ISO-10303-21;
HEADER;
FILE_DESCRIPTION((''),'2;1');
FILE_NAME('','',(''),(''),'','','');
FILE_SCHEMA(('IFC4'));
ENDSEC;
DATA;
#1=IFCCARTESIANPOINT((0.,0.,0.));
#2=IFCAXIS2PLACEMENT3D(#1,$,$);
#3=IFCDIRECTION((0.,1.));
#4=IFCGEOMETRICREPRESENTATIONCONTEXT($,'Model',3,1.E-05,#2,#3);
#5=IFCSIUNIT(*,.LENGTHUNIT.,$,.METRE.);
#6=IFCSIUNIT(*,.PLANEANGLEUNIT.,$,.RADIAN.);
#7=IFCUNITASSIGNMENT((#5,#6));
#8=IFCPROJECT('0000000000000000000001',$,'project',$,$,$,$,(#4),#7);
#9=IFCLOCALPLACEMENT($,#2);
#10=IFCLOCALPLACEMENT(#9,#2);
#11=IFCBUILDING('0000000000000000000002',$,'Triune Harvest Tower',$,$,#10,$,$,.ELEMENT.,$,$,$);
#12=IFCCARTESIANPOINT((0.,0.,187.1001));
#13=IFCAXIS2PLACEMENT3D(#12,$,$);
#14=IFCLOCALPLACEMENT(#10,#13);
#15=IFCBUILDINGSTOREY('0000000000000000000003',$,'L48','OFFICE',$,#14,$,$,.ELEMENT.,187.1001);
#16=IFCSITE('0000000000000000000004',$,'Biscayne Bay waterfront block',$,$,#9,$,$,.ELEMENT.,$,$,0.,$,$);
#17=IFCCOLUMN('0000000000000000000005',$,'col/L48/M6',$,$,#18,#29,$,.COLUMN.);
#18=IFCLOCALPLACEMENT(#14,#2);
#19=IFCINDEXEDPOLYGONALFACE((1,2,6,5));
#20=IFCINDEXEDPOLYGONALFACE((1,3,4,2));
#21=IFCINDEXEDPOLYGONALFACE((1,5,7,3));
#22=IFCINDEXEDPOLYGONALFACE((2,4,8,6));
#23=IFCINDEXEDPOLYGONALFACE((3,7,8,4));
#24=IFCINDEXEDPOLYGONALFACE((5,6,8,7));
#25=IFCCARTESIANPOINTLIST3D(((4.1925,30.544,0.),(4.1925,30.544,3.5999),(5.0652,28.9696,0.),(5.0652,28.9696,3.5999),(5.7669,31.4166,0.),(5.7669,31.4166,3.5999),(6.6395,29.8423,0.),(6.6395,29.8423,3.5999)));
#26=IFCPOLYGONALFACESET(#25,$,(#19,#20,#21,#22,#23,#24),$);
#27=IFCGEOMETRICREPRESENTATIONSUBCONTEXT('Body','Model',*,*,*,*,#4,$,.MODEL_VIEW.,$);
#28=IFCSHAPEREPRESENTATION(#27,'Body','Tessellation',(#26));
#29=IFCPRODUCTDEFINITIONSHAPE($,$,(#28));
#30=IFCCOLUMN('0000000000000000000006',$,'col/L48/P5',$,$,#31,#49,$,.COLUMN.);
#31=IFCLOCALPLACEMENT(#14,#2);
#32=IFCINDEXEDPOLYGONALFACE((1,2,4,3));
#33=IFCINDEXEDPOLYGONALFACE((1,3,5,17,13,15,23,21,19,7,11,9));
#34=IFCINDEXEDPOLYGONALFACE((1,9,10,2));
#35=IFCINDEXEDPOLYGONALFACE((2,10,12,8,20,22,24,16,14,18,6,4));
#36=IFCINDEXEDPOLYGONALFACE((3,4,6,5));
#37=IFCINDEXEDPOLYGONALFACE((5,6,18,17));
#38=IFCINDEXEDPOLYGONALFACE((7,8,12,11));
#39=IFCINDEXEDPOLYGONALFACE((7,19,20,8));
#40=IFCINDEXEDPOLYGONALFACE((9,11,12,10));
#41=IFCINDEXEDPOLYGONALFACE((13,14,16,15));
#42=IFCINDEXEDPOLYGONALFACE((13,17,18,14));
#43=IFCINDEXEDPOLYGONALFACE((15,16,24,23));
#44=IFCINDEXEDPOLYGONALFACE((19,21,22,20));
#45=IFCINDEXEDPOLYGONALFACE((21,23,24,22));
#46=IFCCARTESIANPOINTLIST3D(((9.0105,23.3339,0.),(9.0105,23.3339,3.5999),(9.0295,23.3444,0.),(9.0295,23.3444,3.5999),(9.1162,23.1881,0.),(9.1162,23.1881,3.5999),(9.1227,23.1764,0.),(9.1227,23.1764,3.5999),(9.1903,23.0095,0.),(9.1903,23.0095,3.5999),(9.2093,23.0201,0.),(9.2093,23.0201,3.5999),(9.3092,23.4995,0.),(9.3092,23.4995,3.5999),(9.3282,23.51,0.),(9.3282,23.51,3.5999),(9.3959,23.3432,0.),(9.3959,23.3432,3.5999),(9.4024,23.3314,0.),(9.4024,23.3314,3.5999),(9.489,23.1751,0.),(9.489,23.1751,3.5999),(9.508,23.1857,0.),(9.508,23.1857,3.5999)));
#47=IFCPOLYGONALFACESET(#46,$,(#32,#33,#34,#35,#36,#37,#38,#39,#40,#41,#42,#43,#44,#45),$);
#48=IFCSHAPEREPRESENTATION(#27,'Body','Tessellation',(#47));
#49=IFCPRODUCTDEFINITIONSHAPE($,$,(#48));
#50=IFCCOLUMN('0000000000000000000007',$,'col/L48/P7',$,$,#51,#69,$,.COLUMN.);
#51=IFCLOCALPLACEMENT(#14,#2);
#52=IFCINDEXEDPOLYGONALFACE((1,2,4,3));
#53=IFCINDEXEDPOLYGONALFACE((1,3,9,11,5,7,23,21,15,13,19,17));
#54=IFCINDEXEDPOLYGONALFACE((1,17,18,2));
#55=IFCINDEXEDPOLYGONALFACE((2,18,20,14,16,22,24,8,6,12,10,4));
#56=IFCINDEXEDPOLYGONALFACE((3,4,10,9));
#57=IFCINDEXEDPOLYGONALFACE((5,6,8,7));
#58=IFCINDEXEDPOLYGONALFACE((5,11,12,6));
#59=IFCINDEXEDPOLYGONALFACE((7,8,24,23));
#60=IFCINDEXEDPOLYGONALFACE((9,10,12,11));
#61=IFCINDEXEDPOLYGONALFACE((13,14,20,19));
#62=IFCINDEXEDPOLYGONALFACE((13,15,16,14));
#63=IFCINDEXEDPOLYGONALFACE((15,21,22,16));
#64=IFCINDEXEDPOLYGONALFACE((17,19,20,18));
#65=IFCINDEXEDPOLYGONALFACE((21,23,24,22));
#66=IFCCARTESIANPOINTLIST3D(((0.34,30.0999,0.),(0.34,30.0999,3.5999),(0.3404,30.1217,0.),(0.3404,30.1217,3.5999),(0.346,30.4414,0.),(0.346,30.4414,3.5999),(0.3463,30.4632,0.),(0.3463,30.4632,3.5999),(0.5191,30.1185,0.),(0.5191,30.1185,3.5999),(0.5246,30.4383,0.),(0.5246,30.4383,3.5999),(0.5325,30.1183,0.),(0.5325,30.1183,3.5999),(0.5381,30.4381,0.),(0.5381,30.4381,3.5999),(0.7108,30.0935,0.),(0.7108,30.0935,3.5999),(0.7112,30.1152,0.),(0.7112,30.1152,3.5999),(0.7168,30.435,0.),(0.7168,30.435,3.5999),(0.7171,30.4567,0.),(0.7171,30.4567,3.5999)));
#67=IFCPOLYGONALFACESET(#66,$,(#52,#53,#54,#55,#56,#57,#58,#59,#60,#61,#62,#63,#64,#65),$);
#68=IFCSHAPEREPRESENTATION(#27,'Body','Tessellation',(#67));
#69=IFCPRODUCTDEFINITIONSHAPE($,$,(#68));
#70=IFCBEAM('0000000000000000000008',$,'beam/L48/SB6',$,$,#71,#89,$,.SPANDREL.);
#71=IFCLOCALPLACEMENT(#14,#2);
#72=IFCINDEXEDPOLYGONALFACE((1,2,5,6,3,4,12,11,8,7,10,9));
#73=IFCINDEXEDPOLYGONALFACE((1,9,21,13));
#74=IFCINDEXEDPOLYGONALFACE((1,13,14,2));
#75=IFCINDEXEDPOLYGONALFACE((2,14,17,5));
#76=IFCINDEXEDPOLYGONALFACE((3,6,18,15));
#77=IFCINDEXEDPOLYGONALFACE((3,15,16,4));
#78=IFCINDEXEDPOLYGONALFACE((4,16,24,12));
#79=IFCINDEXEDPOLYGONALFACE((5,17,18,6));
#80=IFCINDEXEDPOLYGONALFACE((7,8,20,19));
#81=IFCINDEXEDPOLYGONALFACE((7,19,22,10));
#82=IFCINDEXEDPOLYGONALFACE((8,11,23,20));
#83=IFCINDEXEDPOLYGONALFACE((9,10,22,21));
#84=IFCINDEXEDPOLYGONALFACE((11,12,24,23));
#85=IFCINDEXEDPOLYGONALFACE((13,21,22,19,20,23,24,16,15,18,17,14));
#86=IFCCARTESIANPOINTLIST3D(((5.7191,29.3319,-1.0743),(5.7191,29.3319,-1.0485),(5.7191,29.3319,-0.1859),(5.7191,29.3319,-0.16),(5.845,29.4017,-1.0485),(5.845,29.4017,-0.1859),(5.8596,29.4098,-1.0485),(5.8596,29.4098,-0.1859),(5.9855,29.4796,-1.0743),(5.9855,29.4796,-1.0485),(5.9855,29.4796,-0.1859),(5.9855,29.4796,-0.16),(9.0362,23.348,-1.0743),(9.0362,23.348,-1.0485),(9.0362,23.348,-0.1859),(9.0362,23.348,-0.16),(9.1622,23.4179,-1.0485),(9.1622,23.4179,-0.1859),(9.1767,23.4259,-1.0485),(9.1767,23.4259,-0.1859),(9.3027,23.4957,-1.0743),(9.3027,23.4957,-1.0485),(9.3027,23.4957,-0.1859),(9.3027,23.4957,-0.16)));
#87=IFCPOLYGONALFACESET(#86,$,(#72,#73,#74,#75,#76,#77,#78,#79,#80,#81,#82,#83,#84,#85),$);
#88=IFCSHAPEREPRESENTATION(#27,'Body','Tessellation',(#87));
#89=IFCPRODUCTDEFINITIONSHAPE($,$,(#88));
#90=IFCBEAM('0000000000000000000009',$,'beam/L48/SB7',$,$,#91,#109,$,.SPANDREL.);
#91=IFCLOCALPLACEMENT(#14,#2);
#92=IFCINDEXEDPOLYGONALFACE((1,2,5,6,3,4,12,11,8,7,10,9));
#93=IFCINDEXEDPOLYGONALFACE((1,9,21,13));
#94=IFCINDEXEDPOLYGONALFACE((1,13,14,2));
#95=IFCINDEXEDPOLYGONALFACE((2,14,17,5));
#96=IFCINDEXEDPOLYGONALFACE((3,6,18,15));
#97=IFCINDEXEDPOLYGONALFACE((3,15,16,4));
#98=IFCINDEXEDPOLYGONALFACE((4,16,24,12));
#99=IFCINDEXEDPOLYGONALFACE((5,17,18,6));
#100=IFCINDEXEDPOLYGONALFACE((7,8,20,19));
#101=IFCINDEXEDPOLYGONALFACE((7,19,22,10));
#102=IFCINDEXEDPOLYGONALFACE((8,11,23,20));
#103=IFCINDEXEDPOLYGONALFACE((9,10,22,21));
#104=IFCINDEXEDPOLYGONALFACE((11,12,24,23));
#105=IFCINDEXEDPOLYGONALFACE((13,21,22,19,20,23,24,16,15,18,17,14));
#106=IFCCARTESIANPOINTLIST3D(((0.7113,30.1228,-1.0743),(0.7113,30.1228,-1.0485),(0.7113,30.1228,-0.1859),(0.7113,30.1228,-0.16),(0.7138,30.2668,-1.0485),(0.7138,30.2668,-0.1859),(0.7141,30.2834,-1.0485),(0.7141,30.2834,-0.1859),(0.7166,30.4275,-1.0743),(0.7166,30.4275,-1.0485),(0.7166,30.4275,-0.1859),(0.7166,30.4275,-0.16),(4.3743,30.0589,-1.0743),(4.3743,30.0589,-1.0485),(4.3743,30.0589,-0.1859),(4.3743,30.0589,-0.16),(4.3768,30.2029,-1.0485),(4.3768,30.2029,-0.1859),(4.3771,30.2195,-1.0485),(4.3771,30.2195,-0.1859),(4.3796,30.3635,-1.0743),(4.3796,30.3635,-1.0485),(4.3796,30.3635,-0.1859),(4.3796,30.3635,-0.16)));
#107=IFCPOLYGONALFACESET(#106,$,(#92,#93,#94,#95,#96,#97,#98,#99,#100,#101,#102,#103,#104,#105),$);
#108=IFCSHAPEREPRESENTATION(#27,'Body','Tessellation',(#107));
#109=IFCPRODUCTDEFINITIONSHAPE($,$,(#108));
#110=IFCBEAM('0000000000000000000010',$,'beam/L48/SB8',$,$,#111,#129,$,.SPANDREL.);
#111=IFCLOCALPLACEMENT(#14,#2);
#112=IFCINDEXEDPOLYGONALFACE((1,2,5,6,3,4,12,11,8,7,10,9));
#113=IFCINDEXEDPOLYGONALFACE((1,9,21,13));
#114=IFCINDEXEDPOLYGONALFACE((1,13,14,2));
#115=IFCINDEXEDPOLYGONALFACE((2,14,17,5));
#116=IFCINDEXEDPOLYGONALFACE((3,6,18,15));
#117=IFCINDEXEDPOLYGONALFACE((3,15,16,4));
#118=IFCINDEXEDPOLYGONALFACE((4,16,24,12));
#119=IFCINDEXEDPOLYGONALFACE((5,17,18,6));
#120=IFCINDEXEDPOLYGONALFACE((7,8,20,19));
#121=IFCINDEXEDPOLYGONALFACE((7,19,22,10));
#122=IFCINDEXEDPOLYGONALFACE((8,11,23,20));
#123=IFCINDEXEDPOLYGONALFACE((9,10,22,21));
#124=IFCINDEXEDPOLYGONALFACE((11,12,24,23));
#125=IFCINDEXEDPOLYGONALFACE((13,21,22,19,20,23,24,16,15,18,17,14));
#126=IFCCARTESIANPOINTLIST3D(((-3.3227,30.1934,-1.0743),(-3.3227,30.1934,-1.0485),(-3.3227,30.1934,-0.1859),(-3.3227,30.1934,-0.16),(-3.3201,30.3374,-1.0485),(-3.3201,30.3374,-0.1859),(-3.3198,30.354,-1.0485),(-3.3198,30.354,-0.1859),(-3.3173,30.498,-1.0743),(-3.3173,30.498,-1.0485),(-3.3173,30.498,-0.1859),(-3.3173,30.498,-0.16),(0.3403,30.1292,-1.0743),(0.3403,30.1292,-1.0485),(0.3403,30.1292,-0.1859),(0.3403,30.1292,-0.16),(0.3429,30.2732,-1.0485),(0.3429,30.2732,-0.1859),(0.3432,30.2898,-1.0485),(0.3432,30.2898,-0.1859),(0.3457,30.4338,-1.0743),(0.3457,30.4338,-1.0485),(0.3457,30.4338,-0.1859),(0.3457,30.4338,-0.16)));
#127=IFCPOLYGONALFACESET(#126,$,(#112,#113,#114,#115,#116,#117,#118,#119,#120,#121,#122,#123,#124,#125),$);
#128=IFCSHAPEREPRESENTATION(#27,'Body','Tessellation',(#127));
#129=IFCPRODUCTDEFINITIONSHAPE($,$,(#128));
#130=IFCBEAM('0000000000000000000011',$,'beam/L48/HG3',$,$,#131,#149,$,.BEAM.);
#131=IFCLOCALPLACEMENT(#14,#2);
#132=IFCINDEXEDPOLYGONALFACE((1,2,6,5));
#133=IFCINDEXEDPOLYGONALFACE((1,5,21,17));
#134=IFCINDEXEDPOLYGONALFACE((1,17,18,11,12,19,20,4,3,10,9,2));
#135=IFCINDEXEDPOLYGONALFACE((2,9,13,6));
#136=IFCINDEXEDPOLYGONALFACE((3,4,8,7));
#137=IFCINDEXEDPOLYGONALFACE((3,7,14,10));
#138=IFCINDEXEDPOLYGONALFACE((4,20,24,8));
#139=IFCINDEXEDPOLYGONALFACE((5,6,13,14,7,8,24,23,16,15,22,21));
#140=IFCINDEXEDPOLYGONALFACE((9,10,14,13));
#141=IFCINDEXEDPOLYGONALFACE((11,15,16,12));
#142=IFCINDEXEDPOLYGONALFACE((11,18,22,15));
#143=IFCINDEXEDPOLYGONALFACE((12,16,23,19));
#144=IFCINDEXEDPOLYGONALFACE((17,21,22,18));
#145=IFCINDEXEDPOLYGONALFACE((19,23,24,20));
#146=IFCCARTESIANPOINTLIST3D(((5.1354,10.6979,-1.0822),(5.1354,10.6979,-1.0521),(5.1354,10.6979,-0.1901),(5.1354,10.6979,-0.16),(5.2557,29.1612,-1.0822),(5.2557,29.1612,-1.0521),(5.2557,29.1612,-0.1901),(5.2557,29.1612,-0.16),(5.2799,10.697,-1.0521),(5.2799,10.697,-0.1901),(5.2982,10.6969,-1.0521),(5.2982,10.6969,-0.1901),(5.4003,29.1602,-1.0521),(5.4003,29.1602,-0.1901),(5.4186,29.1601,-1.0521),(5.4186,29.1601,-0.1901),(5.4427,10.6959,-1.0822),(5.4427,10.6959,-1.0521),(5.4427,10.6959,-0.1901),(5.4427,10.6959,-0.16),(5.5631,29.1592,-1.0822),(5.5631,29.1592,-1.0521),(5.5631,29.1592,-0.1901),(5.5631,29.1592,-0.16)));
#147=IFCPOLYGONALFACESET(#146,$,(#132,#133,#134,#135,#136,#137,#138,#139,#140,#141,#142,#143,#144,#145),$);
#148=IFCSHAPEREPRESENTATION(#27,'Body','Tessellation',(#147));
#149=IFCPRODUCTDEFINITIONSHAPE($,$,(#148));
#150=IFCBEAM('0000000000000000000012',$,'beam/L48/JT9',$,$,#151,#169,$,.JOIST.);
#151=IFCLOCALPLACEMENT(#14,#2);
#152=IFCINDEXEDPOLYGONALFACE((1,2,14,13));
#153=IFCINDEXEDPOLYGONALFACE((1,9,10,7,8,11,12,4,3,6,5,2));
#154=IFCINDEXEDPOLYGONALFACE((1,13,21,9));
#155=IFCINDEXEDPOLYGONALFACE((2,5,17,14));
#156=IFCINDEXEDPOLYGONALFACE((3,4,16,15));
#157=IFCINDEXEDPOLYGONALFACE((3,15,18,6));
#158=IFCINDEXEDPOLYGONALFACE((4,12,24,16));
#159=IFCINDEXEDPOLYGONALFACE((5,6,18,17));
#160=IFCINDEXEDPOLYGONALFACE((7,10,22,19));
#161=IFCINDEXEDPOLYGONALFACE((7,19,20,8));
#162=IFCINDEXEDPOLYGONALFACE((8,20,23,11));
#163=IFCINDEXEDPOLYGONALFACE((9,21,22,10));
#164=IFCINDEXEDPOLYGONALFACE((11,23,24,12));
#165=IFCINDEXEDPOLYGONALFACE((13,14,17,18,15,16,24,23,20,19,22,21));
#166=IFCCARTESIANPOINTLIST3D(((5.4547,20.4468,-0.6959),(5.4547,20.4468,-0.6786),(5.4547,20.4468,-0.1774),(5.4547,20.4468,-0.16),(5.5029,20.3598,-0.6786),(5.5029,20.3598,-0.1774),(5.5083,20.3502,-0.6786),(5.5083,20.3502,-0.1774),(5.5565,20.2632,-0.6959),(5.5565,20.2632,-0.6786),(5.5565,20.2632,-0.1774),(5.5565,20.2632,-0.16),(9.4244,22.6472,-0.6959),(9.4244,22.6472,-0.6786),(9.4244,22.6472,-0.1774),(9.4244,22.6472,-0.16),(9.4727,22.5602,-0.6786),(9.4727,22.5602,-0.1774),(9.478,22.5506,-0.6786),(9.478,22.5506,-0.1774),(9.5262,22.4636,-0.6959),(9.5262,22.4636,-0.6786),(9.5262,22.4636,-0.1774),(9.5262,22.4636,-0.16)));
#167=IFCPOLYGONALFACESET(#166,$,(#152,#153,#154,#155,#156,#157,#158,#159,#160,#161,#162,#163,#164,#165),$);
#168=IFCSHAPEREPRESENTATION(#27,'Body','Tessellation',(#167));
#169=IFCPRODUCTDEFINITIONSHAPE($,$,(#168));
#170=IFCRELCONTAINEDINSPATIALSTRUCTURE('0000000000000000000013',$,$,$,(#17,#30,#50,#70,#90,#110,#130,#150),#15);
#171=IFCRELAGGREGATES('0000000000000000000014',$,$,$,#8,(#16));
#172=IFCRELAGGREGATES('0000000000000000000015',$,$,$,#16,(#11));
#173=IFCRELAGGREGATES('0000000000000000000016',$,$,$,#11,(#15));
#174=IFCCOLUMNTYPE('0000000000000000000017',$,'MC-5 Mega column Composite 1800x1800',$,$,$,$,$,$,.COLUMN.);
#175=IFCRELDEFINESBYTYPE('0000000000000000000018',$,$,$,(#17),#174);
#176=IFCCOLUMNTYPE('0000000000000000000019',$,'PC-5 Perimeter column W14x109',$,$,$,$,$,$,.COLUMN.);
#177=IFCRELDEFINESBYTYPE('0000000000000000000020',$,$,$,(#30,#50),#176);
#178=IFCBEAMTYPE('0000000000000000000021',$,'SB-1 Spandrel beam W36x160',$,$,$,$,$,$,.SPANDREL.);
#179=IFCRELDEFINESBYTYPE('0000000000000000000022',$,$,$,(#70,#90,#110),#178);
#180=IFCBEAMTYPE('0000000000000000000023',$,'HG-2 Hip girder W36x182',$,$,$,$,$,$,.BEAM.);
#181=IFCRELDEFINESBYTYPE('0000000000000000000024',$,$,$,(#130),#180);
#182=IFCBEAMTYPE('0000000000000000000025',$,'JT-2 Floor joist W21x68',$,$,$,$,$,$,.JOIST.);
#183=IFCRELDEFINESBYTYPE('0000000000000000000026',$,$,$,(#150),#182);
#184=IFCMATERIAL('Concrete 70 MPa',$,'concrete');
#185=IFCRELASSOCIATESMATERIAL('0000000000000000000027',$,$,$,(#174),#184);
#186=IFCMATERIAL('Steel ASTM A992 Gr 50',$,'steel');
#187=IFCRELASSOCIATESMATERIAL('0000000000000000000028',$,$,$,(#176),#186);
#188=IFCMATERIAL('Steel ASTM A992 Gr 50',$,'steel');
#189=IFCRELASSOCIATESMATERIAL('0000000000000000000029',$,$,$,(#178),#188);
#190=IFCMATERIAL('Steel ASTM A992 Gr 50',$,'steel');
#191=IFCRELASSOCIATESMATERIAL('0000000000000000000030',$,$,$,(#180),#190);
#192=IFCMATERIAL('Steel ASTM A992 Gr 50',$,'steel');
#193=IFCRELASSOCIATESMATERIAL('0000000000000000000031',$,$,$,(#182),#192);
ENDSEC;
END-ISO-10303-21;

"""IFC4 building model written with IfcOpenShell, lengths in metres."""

from ifc_helpers import new_model, si_unit, direction, frame, origin, origin_2d, place, context, subcontext, project, spatial, rectangle, i_section, extrude, source, transform, mapped, material, material_profile, profile_set, type_object, element, save


model = new_model("IFC4")

# Units and contexts
model_context = context("Model", 3, precision=1e-05, world=origin(), true_north=direction((0.0, 1.0)))
body_context = subcontext(model_context, "Body", "Model", "MODEL_VIEW")
ifc_project = project(units=[si_unit("LENGTHUNIT", "METRE"), si_unit("PLANEANGLEUNIT", "RADIAN")], contexts=[model_context])

# Site, building, storey
site_placement = place(None, origin())
site = spatial("IfcSite", under=ifc_project, at=site_placement, Name="Biscayne Bay waterfront block", CompositionType="ELEMENT", RefElevation=0.0)
building_placement = place(site_placement, origin())
building = spatial("IfcBuilding", under=site, at=building_placement, Name="Triune Harvest Tower", CompositionType="ELEMENT")
storey_placement = place(building_placement, frame((0.0, 0.0, 187.1001)))
storey = spatial("IfcBuildingStorey", under=building, at=storey_placement, Name="L48", Description="OFFICE", CompositionType="ELEMENT", Elevation=187.1001)

# Columns
ifc_material_1 = material(Name="Concrete 70 MPa", Category="concrete")
ifc_material_profile_1 = material_profile(ifc_material_1, rectangle(XDim=1.8, YDim=1.8, at=origin_2d()), Name="Composite 1800x1800")
ifc_profile_set_1 = profile_set([ifc_material_profile_1], Name="Concrete 70 MPa")
column_type_1 = type_object("IfcColumnType", Name="MC-5 Mega column Composite 1800x1800", PredefinedType="COLUMN", material=ifc_profile_set_1)
shared_shape_1 = source(origin(), body_context, "Body", "SweptSolid", [
    extrude(rectangle(XDim=1.8, YDim=1.8, at=origin_2d()), origin(), (0.0, 0.0, 1.0), 3.5999),
])
column_placement = place(storey_placement, frame((5.416, 30.1931, 0.0), z_axis=(0.0, 0.0, 1.0), x_axis=(-0.48481, 0.87462, 0.0)))
element("IfcColumn", 1, at=column_placement, inside=storey, type_object=column_type_1, Name="col/L48/M6", PredefinedType="COLUMN", context=body_context, shape_type="MappedRepresentation", body=[
    mapped(shared_shape_1, transform((0.0, 0.0, 0.0), scale=1.0)),
])
ifc_material_2 = material(Name="Steel ASTM A992 Gr 50", Category="steel")
ifc_material_profile_2 = material_profile(ifc_material_2, i_section(OverallWidth=0.3708, OverallDepth=0.3633, WebThickness=0.0134, FlangeThickness=0.0217, at=origin_2d()), Name="W14x109")
ifc_profile_set_2 = profile_set([ifc_material_profile_2], Name="Steel ASTM A992 Gr 50")
column_type_2 = type_object("IfcColumnType", Name="PC-5 Perimeter column W14x109", PredefinedType="COLUMN", material=ifc_profile_set_2)
shared_shape_2 = source(origin(), body_context, "Body", "SweptSolid", [
    extrude(i_section(OverallWidth=0.3708, OverallDepth=0.3633, WebThickness=0.0134, FlangeThickness=0.0217, at=origin_2d()), origin(), (0.0, 0.0, 1.0), 3.5999),
])
for number, where, z_axis, x_axis, name in (
    (2, (9.2593, 23.2598, 0.0), (0.0, 0.0, 1.0), (-0.48481, 0.87462, 0.0), "col/L48/P5"),
    (3, (0.5286, 30.2783, 0.0), (0.0, 0.0, 1.0), (-0.999848, 0.017451, 0.0), "col/L48/P7"),
):
    element("IfcColumn", number, at=place(storey_placement, frame(where, z_axis=z_axis, x_axis=x_axis)), inside=storey, type_object=column_type_2, Name=name, PredefinedType="COLUMN", context=body_context, shape_type="MappedRepresentation", body=[
        mapped(shared_shape_2, transform((0.0, 0.0, 0.0), scale=1.0)),
    ])

# Beams
ifc_material_3 = material(Name="Steel ASTM A992 Gr 50", Category="steel")
ifc_material_profile_3 = material_profile(ifc_material_3, i_section(OverallWidth=0.3047, OverallDepth=0.9143, WebThickness=0.0166, FlangeThickness=0.0259, at=origin_2d()), Name="W36x160")
ifc_profile_set_3 = profile_set([ifc_material_profile_3], Name="Steel ASTM A992 Gr 50")
beam_type_1 = type_object("IfcBeamType", Name="SB-1 Spandrel beam W36x160", PredefinedType="SPANDREL", material=ifc_profile_set_3)
shared_shape_3 = source(origin(), body_context, "Body", "SweptSolid", [
    extrude(i_section(OverallWidth=0.3047, OverallDepth=0.9143, WebThickness=0.0166, FlangeThickness=0.0259, at=origin_2d()), origin(), (0.0, 0.0, 1.0), 6.8418),
])
beam_1_placement = place(storey_placement, frame((9.1694, 23.4219, -0.6172), z_axis=(-0.484834, 0.874606, 0.0), x_axis=(-0.874606, -0.484834, 0.0)))
element("IfcBeam", 4, at=beam_1_placement, inside=storey, type_object=beam_type_1, Name="beam/L48/SB6", PredefinedType="SPANDREL", context=body_context, shape_type="MappedRepresentation", body=[
    mapped(shared_shape_3, transform((0.0, 0.0, 0.0), scale=1.0)),
])
shared_shape_4 = source(origin(), body_context, "Body", "SweptSolid", [
    extrude(i_section(OverallWidth=0.3047, OverallDepth=0.9143, WebThickness=0.0166, FlangeThickness=0.0259, at=origin_2d()), origin(), (0.0, 0.0, 1.0), 3.6636),
])
for number, where, z_axis, x_axis, name in (
    (5, (4.377, 30.2112, -0.6172), (-0.999848, 0.017459, 0.0), (-0.017459, -0.999848, 0.0), "beam/L48/SB7"),
    (6, (0.343, 30.2815, -0.6172), (-0.999846, 0.017526, 0.0), (-0.017526, -0.999846, 0.0), "beam/L48/SB8"),
):
    element("IfcBeam", number, at=place(storey_placement, frame(where, z_axis=z_axis, x_axis=x_axis)), inside=storey, type_object=beam_type_1, Name=name, PredefinedType="SPANDREL", context=body_context, shape_type="MappedRepresentation", body=[
        mapped(shared_shape_4, transform((0.0, 0.0, 0.0), scale=1.0)),
    ])
ifc_material_4 = material(Name="Steel ASTM A992 Gr 50", Category="steel")
ifc_material_profile_4 = material_profile(ifc_material_4, i_section(OverallWidth=0.3074, OverallDepth=0.9221, WebThickness=0.0183, FlangeThickness=0.03, at=origin_2d()), Name="W36x182")
ifc_profile_set_4 = profile_set([ifc_material_profile_4], Name="Steel ASTM A992 Gr 50")
beam_type_2 = type_object("IfcBeamType", Name="HG-2 Hip girder W36x182", PredefinedType="BEAM", material=ifc_profile_set_4)
shared_shape_5 = source(origin(), body_context, "Body", "SweptSolid", [
    extrude(i_section(OverallWidth=0.3074, OverallDepth=0.9221, WebThickness=0.0183, FlangeThickness=0.03, at=origin_2d()), origin(), (0.0, 0.0, 1.0), 18.4636),
])
beam_2_placement = place(storey_placement, frame((5.4094, 29.1602, -0.6211), z_axis=(-0.006519, -0.999979, 0.0), x_axis=(0.999979, -0.006519, 0.0)))
element("IfcBeam", 7, at=beam_2_placement, inside=storey, type_object=beam_type_2, Name="beam/L48/HG3", PredefinedType="BEAM", context=body_context, shape_type="MappedRepresentation", body=[
    mapped(shared_shape_5, transform((0.0, 0.0, 0.0), scale=1.0)),
])
ifc_material_5 = material(Name="Steel ASTM A992 Gr 50", Category="steel")
ifc_material_profile_5 = material_profile(ifc_material_5, i_section(OverallWidth=0.21, OverallDepth=0.5359, WebThickness=0.011, FlangeThickness=0.0173, at=origin_2d()), Name="W21x68")
ifc_profile_set_5 = profile_set([ifc_material_profile_5], Name="Steel ASTM A992 Gr 50")
beam_type_3 = type_object("IfcBeamType", Name="JT-2 Floor joist W21x68", PredefinedType="JOIST", material=ifc_profile_set_5)
shared_shape_6 = source(origin(), body_context, "Body", "SweptSolid", [
    extrude(i_section(OverallWidth=0.21, OverallDepth=0.5359, WebThickness=0.011, FlangeThickness=0.0173, at=origin_2d()), origin(), (0.0, 0.0, 1.0), 4.5388),
])
beam_3_placement = place(storey_placement, frame((9.4753, 22.5554, -0.428), z_axis=(-0.874621, -0.484807, 0.0), x_axis=(0.484807, -0.874621, 0.0)))
element("IfcBeam", 8, at=beam_3_placement, inside=storey, type_object=beam_type_3, Name="beam/L48/JT9", PredefinedType="JOIST", context=body_context, shape_type="MappedRepresentation", body=[
    mapped(shared_shape_6, transform((0.0, 0.0, 0.0), scale=1.0)),
])

save(model, "model.ifc")
